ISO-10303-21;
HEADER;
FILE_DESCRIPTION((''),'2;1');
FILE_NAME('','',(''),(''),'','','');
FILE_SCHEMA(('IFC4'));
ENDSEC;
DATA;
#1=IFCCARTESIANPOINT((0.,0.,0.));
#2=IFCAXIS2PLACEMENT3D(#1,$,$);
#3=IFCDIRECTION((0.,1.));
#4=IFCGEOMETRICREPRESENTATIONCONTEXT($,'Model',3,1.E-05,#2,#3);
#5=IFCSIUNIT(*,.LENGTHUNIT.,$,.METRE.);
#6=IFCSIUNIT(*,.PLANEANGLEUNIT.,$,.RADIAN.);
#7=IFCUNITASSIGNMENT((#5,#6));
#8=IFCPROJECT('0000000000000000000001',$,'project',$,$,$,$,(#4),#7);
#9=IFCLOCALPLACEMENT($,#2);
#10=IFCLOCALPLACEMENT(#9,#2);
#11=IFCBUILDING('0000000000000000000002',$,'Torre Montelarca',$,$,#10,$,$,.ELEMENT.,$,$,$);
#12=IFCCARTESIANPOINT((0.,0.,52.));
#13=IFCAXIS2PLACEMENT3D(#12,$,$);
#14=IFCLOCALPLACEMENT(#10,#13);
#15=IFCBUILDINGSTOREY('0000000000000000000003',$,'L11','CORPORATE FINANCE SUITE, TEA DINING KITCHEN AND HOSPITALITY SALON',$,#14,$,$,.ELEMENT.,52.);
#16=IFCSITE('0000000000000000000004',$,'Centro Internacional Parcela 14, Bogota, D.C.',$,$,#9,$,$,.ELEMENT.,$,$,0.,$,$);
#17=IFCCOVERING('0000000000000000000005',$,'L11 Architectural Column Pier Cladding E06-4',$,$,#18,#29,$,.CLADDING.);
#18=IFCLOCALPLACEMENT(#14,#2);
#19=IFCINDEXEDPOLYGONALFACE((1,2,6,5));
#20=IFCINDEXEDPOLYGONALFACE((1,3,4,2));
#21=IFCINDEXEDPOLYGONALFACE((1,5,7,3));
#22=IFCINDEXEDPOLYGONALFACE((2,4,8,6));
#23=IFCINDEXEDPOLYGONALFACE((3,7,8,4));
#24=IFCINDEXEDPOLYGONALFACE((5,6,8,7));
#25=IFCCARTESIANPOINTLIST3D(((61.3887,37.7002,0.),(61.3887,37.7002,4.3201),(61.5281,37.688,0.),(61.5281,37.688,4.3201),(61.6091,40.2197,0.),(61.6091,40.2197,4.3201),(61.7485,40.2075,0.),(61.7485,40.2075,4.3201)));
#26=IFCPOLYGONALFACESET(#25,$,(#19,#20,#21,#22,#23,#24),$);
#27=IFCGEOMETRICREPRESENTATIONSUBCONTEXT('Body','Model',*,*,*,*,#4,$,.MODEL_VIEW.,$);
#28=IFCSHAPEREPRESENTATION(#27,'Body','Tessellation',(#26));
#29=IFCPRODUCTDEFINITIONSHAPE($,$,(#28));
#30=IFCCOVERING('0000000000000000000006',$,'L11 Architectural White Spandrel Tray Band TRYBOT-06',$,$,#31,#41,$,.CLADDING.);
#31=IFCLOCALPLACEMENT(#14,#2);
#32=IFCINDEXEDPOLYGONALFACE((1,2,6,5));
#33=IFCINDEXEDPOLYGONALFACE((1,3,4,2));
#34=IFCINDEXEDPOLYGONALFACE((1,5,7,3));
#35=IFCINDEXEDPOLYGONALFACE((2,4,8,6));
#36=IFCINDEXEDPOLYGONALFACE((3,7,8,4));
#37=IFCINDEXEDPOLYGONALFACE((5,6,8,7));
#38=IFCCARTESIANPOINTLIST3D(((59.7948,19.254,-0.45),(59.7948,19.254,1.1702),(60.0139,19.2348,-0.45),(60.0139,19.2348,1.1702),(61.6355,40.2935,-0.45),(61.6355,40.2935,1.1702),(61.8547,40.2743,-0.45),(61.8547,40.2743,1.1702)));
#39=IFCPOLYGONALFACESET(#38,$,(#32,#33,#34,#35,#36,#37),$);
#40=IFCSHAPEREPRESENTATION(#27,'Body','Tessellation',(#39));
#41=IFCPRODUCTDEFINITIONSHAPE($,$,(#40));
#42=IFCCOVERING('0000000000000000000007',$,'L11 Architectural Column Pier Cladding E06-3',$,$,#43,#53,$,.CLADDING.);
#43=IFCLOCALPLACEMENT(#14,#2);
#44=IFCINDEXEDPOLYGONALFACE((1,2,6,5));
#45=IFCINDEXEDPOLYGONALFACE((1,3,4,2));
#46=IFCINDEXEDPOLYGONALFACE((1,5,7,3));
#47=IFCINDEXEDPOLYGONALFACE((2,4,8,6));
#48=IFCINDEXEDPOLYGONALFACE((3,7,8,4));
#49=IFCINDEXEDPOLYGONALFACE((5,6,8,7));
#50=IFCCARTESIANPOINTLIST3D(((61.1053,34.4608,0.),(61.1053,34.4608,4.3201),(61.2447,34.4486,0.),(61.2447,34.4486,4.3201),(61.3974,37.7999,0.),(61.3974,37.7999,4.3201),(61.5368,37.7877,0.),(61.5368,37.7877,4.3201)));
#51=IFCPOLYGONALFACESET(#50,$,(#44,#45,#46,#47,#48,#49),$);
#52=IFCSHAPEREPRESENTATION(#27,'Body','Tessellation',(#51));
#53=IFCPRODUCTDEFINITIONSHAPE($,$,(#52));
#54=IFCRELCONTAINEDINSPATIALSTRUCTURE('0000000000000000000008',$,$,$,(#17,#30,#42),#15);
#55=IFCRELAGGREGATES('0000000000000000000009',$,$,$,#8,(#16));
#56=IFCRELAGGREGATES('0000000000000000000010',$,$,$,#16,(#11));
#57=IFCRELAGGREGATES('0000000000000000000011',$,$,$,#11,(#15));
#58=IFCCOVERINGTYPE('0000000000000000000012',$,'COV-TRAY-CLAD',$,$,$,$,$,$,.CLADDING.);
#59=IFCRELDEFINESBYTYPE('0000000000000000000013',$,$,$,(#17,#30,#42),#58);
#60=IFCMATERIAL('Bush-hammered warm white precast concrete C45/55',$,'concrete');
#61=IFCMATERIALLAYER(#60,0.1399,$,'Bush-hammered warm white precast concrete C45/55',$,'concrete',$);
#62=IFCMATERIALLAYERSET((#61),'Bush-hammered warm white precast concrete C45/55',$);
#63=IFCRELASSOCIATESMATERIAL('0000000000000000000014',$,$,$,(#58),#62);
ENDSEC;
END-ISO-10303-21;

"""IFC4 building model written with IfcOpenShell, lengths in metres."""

from ifc_helpers import new_model, si_unit, direction, frame, origin, origin_2d, place, context, subcontext, project, spatial, rectangle, extrude, source, transform, mapped, material, layer, layer_set, type_object, element, save


model = new_model("IFC4")

# Units and contexts
model_context = context("Model", 3, precision=1e-05, world=origin(), true_north=direction((0.0, 1.0)))
body_context = subcontext(model_context, "Body", "Model", "MODEL_VIEW")
ifc_project = project(units=[si_unit("LENGTHUNIT", "METRE"), si_unit("PLANEANGLEUNIT", "RADIAN")], contexts=[model_context])

# Site, building, storey
site_placement = place(None, origin())
site = spatial("IfcSite", under=ifc_project, at=site_placement, Name="Centro Internacional Parcela 14, Bogota, D.C.", CompositionType="ELEMENT", RefElevation=0.0)
building_placement = place(site_placement, origin())
building = spatial("IfcBuilding", under=site, at=building_placement, Name="Torre Montelarca", CompositionType="ELEMENT")
storey_placement = place(building_placement, frame((0.0, 0.0, 52.0)))
storey = spatial("IfcBuildingStorey", under=building, at=storey_placement, Name="L11", Description="CORPORATE FINANCE SUITE, TEA DINING KITCHEN AND HOSPITALITY SALON", CompositionType="ELEMENT", Elevation=52.0)

# Coverings
ifc_material_1 = material(Name="Bush-hammered warm white precast concrete C45/55", Category="concrete")
ifc_layer_1 = layer(ifc_material_1, 0.1399, Name="Bush-hammered warm white precast concrete C45/55", Category="concrete")
ifc_layer_set_1 = layer_set([ifc_layer_1], Name="Bush-hammered warm white precast concrete C45/55")
covering_type = type_object("IfcCoveringType", Name="COV-TRAY-CLAD", PredefinedType="CLADDING", material=ifc_layer_set_1)
shared_shape_1 = source(origin(), body_context, "Body", "SweptSolid", [
    extrude(rectangle(XDim=2.5291, YDim=0.1399, at=origin_2d()), origin(), (0.0, 0.0, 1.0), 4.3201),
])
covering_1_placement = place(storey_placement, frame((61.5686, 38.9539, 0.0), z_axis=(0.0, 0.0, 1.0), x_axis=(0.087161, 0.996194, 0.0)))
element("IfcCovering", 1, at=covering_1_placement, inside=storey, type_object=covering_type, Name="L11 Architectural Column Pier Cladding E06-4", PredefinedType="CLADDING", context=body_context, shape_type="MappedRepresentation", body=[
    mapped(shared_shape_1, transform((0.0, 0.0, 0.0), scale=1.0)),
])
shared_shape_2 = source(origin(), body_context, "Body", "SweptSolid", [
    extrude(rectangle(XDim=21.1199, YDim=0.22, at=origin_2d()), origin(), (0.0, 0.0, 1.0), 1.6201),
])
covering_2_placement = place(storey_placement, frame((60.8247, 29.7642, -0.45), z_axis=(0.0, 0.0, 1.0), x_axis=(0.087157, 0.996195, 0.0)))
element("IfcCovering", 2, at=covering_2_placement, inside=storey, type_object=covering_type, Name="L11 Architectural White Spandrel Tray Band TRYBOT-06", PredefinedType="CLADDING", context=body_context, shape_type="MappedRepresentation", body=[
    mapped(shared_shape_2, transform((0.0, 0.0, 0.0), scale=1.0)),
])
shared_shape_3 = source(origin(), body_context, "Body", "SweptSolid", [
    extrude(rectangle(XDim=3.3518, YDim=0.1399, at=origin_2d()), origin(), (0.0, 0.0, 1.0), 4.3201),
])
covering_3_placement = place(storey_placement, frame((61.321, 36.1243, 0.0), z_axis=(0.0, 0.0, 1.0), x_axis=(0.087161, 0.996194, 0.0)))
element("IfcCovering", 3, at=covering_3_placement, inside=storey, type_object=covering_type, Name="L11 Architectural Column Pier Cladding E06-3", PredefinedType="CLADDING", context=body_context, shape_type="MappedRepresentation", body=[
    mapped(shared_shape_3, transform((0.0, 0.0, 0.0), scale=1.0)),
])

save(model, "model.ifc")
